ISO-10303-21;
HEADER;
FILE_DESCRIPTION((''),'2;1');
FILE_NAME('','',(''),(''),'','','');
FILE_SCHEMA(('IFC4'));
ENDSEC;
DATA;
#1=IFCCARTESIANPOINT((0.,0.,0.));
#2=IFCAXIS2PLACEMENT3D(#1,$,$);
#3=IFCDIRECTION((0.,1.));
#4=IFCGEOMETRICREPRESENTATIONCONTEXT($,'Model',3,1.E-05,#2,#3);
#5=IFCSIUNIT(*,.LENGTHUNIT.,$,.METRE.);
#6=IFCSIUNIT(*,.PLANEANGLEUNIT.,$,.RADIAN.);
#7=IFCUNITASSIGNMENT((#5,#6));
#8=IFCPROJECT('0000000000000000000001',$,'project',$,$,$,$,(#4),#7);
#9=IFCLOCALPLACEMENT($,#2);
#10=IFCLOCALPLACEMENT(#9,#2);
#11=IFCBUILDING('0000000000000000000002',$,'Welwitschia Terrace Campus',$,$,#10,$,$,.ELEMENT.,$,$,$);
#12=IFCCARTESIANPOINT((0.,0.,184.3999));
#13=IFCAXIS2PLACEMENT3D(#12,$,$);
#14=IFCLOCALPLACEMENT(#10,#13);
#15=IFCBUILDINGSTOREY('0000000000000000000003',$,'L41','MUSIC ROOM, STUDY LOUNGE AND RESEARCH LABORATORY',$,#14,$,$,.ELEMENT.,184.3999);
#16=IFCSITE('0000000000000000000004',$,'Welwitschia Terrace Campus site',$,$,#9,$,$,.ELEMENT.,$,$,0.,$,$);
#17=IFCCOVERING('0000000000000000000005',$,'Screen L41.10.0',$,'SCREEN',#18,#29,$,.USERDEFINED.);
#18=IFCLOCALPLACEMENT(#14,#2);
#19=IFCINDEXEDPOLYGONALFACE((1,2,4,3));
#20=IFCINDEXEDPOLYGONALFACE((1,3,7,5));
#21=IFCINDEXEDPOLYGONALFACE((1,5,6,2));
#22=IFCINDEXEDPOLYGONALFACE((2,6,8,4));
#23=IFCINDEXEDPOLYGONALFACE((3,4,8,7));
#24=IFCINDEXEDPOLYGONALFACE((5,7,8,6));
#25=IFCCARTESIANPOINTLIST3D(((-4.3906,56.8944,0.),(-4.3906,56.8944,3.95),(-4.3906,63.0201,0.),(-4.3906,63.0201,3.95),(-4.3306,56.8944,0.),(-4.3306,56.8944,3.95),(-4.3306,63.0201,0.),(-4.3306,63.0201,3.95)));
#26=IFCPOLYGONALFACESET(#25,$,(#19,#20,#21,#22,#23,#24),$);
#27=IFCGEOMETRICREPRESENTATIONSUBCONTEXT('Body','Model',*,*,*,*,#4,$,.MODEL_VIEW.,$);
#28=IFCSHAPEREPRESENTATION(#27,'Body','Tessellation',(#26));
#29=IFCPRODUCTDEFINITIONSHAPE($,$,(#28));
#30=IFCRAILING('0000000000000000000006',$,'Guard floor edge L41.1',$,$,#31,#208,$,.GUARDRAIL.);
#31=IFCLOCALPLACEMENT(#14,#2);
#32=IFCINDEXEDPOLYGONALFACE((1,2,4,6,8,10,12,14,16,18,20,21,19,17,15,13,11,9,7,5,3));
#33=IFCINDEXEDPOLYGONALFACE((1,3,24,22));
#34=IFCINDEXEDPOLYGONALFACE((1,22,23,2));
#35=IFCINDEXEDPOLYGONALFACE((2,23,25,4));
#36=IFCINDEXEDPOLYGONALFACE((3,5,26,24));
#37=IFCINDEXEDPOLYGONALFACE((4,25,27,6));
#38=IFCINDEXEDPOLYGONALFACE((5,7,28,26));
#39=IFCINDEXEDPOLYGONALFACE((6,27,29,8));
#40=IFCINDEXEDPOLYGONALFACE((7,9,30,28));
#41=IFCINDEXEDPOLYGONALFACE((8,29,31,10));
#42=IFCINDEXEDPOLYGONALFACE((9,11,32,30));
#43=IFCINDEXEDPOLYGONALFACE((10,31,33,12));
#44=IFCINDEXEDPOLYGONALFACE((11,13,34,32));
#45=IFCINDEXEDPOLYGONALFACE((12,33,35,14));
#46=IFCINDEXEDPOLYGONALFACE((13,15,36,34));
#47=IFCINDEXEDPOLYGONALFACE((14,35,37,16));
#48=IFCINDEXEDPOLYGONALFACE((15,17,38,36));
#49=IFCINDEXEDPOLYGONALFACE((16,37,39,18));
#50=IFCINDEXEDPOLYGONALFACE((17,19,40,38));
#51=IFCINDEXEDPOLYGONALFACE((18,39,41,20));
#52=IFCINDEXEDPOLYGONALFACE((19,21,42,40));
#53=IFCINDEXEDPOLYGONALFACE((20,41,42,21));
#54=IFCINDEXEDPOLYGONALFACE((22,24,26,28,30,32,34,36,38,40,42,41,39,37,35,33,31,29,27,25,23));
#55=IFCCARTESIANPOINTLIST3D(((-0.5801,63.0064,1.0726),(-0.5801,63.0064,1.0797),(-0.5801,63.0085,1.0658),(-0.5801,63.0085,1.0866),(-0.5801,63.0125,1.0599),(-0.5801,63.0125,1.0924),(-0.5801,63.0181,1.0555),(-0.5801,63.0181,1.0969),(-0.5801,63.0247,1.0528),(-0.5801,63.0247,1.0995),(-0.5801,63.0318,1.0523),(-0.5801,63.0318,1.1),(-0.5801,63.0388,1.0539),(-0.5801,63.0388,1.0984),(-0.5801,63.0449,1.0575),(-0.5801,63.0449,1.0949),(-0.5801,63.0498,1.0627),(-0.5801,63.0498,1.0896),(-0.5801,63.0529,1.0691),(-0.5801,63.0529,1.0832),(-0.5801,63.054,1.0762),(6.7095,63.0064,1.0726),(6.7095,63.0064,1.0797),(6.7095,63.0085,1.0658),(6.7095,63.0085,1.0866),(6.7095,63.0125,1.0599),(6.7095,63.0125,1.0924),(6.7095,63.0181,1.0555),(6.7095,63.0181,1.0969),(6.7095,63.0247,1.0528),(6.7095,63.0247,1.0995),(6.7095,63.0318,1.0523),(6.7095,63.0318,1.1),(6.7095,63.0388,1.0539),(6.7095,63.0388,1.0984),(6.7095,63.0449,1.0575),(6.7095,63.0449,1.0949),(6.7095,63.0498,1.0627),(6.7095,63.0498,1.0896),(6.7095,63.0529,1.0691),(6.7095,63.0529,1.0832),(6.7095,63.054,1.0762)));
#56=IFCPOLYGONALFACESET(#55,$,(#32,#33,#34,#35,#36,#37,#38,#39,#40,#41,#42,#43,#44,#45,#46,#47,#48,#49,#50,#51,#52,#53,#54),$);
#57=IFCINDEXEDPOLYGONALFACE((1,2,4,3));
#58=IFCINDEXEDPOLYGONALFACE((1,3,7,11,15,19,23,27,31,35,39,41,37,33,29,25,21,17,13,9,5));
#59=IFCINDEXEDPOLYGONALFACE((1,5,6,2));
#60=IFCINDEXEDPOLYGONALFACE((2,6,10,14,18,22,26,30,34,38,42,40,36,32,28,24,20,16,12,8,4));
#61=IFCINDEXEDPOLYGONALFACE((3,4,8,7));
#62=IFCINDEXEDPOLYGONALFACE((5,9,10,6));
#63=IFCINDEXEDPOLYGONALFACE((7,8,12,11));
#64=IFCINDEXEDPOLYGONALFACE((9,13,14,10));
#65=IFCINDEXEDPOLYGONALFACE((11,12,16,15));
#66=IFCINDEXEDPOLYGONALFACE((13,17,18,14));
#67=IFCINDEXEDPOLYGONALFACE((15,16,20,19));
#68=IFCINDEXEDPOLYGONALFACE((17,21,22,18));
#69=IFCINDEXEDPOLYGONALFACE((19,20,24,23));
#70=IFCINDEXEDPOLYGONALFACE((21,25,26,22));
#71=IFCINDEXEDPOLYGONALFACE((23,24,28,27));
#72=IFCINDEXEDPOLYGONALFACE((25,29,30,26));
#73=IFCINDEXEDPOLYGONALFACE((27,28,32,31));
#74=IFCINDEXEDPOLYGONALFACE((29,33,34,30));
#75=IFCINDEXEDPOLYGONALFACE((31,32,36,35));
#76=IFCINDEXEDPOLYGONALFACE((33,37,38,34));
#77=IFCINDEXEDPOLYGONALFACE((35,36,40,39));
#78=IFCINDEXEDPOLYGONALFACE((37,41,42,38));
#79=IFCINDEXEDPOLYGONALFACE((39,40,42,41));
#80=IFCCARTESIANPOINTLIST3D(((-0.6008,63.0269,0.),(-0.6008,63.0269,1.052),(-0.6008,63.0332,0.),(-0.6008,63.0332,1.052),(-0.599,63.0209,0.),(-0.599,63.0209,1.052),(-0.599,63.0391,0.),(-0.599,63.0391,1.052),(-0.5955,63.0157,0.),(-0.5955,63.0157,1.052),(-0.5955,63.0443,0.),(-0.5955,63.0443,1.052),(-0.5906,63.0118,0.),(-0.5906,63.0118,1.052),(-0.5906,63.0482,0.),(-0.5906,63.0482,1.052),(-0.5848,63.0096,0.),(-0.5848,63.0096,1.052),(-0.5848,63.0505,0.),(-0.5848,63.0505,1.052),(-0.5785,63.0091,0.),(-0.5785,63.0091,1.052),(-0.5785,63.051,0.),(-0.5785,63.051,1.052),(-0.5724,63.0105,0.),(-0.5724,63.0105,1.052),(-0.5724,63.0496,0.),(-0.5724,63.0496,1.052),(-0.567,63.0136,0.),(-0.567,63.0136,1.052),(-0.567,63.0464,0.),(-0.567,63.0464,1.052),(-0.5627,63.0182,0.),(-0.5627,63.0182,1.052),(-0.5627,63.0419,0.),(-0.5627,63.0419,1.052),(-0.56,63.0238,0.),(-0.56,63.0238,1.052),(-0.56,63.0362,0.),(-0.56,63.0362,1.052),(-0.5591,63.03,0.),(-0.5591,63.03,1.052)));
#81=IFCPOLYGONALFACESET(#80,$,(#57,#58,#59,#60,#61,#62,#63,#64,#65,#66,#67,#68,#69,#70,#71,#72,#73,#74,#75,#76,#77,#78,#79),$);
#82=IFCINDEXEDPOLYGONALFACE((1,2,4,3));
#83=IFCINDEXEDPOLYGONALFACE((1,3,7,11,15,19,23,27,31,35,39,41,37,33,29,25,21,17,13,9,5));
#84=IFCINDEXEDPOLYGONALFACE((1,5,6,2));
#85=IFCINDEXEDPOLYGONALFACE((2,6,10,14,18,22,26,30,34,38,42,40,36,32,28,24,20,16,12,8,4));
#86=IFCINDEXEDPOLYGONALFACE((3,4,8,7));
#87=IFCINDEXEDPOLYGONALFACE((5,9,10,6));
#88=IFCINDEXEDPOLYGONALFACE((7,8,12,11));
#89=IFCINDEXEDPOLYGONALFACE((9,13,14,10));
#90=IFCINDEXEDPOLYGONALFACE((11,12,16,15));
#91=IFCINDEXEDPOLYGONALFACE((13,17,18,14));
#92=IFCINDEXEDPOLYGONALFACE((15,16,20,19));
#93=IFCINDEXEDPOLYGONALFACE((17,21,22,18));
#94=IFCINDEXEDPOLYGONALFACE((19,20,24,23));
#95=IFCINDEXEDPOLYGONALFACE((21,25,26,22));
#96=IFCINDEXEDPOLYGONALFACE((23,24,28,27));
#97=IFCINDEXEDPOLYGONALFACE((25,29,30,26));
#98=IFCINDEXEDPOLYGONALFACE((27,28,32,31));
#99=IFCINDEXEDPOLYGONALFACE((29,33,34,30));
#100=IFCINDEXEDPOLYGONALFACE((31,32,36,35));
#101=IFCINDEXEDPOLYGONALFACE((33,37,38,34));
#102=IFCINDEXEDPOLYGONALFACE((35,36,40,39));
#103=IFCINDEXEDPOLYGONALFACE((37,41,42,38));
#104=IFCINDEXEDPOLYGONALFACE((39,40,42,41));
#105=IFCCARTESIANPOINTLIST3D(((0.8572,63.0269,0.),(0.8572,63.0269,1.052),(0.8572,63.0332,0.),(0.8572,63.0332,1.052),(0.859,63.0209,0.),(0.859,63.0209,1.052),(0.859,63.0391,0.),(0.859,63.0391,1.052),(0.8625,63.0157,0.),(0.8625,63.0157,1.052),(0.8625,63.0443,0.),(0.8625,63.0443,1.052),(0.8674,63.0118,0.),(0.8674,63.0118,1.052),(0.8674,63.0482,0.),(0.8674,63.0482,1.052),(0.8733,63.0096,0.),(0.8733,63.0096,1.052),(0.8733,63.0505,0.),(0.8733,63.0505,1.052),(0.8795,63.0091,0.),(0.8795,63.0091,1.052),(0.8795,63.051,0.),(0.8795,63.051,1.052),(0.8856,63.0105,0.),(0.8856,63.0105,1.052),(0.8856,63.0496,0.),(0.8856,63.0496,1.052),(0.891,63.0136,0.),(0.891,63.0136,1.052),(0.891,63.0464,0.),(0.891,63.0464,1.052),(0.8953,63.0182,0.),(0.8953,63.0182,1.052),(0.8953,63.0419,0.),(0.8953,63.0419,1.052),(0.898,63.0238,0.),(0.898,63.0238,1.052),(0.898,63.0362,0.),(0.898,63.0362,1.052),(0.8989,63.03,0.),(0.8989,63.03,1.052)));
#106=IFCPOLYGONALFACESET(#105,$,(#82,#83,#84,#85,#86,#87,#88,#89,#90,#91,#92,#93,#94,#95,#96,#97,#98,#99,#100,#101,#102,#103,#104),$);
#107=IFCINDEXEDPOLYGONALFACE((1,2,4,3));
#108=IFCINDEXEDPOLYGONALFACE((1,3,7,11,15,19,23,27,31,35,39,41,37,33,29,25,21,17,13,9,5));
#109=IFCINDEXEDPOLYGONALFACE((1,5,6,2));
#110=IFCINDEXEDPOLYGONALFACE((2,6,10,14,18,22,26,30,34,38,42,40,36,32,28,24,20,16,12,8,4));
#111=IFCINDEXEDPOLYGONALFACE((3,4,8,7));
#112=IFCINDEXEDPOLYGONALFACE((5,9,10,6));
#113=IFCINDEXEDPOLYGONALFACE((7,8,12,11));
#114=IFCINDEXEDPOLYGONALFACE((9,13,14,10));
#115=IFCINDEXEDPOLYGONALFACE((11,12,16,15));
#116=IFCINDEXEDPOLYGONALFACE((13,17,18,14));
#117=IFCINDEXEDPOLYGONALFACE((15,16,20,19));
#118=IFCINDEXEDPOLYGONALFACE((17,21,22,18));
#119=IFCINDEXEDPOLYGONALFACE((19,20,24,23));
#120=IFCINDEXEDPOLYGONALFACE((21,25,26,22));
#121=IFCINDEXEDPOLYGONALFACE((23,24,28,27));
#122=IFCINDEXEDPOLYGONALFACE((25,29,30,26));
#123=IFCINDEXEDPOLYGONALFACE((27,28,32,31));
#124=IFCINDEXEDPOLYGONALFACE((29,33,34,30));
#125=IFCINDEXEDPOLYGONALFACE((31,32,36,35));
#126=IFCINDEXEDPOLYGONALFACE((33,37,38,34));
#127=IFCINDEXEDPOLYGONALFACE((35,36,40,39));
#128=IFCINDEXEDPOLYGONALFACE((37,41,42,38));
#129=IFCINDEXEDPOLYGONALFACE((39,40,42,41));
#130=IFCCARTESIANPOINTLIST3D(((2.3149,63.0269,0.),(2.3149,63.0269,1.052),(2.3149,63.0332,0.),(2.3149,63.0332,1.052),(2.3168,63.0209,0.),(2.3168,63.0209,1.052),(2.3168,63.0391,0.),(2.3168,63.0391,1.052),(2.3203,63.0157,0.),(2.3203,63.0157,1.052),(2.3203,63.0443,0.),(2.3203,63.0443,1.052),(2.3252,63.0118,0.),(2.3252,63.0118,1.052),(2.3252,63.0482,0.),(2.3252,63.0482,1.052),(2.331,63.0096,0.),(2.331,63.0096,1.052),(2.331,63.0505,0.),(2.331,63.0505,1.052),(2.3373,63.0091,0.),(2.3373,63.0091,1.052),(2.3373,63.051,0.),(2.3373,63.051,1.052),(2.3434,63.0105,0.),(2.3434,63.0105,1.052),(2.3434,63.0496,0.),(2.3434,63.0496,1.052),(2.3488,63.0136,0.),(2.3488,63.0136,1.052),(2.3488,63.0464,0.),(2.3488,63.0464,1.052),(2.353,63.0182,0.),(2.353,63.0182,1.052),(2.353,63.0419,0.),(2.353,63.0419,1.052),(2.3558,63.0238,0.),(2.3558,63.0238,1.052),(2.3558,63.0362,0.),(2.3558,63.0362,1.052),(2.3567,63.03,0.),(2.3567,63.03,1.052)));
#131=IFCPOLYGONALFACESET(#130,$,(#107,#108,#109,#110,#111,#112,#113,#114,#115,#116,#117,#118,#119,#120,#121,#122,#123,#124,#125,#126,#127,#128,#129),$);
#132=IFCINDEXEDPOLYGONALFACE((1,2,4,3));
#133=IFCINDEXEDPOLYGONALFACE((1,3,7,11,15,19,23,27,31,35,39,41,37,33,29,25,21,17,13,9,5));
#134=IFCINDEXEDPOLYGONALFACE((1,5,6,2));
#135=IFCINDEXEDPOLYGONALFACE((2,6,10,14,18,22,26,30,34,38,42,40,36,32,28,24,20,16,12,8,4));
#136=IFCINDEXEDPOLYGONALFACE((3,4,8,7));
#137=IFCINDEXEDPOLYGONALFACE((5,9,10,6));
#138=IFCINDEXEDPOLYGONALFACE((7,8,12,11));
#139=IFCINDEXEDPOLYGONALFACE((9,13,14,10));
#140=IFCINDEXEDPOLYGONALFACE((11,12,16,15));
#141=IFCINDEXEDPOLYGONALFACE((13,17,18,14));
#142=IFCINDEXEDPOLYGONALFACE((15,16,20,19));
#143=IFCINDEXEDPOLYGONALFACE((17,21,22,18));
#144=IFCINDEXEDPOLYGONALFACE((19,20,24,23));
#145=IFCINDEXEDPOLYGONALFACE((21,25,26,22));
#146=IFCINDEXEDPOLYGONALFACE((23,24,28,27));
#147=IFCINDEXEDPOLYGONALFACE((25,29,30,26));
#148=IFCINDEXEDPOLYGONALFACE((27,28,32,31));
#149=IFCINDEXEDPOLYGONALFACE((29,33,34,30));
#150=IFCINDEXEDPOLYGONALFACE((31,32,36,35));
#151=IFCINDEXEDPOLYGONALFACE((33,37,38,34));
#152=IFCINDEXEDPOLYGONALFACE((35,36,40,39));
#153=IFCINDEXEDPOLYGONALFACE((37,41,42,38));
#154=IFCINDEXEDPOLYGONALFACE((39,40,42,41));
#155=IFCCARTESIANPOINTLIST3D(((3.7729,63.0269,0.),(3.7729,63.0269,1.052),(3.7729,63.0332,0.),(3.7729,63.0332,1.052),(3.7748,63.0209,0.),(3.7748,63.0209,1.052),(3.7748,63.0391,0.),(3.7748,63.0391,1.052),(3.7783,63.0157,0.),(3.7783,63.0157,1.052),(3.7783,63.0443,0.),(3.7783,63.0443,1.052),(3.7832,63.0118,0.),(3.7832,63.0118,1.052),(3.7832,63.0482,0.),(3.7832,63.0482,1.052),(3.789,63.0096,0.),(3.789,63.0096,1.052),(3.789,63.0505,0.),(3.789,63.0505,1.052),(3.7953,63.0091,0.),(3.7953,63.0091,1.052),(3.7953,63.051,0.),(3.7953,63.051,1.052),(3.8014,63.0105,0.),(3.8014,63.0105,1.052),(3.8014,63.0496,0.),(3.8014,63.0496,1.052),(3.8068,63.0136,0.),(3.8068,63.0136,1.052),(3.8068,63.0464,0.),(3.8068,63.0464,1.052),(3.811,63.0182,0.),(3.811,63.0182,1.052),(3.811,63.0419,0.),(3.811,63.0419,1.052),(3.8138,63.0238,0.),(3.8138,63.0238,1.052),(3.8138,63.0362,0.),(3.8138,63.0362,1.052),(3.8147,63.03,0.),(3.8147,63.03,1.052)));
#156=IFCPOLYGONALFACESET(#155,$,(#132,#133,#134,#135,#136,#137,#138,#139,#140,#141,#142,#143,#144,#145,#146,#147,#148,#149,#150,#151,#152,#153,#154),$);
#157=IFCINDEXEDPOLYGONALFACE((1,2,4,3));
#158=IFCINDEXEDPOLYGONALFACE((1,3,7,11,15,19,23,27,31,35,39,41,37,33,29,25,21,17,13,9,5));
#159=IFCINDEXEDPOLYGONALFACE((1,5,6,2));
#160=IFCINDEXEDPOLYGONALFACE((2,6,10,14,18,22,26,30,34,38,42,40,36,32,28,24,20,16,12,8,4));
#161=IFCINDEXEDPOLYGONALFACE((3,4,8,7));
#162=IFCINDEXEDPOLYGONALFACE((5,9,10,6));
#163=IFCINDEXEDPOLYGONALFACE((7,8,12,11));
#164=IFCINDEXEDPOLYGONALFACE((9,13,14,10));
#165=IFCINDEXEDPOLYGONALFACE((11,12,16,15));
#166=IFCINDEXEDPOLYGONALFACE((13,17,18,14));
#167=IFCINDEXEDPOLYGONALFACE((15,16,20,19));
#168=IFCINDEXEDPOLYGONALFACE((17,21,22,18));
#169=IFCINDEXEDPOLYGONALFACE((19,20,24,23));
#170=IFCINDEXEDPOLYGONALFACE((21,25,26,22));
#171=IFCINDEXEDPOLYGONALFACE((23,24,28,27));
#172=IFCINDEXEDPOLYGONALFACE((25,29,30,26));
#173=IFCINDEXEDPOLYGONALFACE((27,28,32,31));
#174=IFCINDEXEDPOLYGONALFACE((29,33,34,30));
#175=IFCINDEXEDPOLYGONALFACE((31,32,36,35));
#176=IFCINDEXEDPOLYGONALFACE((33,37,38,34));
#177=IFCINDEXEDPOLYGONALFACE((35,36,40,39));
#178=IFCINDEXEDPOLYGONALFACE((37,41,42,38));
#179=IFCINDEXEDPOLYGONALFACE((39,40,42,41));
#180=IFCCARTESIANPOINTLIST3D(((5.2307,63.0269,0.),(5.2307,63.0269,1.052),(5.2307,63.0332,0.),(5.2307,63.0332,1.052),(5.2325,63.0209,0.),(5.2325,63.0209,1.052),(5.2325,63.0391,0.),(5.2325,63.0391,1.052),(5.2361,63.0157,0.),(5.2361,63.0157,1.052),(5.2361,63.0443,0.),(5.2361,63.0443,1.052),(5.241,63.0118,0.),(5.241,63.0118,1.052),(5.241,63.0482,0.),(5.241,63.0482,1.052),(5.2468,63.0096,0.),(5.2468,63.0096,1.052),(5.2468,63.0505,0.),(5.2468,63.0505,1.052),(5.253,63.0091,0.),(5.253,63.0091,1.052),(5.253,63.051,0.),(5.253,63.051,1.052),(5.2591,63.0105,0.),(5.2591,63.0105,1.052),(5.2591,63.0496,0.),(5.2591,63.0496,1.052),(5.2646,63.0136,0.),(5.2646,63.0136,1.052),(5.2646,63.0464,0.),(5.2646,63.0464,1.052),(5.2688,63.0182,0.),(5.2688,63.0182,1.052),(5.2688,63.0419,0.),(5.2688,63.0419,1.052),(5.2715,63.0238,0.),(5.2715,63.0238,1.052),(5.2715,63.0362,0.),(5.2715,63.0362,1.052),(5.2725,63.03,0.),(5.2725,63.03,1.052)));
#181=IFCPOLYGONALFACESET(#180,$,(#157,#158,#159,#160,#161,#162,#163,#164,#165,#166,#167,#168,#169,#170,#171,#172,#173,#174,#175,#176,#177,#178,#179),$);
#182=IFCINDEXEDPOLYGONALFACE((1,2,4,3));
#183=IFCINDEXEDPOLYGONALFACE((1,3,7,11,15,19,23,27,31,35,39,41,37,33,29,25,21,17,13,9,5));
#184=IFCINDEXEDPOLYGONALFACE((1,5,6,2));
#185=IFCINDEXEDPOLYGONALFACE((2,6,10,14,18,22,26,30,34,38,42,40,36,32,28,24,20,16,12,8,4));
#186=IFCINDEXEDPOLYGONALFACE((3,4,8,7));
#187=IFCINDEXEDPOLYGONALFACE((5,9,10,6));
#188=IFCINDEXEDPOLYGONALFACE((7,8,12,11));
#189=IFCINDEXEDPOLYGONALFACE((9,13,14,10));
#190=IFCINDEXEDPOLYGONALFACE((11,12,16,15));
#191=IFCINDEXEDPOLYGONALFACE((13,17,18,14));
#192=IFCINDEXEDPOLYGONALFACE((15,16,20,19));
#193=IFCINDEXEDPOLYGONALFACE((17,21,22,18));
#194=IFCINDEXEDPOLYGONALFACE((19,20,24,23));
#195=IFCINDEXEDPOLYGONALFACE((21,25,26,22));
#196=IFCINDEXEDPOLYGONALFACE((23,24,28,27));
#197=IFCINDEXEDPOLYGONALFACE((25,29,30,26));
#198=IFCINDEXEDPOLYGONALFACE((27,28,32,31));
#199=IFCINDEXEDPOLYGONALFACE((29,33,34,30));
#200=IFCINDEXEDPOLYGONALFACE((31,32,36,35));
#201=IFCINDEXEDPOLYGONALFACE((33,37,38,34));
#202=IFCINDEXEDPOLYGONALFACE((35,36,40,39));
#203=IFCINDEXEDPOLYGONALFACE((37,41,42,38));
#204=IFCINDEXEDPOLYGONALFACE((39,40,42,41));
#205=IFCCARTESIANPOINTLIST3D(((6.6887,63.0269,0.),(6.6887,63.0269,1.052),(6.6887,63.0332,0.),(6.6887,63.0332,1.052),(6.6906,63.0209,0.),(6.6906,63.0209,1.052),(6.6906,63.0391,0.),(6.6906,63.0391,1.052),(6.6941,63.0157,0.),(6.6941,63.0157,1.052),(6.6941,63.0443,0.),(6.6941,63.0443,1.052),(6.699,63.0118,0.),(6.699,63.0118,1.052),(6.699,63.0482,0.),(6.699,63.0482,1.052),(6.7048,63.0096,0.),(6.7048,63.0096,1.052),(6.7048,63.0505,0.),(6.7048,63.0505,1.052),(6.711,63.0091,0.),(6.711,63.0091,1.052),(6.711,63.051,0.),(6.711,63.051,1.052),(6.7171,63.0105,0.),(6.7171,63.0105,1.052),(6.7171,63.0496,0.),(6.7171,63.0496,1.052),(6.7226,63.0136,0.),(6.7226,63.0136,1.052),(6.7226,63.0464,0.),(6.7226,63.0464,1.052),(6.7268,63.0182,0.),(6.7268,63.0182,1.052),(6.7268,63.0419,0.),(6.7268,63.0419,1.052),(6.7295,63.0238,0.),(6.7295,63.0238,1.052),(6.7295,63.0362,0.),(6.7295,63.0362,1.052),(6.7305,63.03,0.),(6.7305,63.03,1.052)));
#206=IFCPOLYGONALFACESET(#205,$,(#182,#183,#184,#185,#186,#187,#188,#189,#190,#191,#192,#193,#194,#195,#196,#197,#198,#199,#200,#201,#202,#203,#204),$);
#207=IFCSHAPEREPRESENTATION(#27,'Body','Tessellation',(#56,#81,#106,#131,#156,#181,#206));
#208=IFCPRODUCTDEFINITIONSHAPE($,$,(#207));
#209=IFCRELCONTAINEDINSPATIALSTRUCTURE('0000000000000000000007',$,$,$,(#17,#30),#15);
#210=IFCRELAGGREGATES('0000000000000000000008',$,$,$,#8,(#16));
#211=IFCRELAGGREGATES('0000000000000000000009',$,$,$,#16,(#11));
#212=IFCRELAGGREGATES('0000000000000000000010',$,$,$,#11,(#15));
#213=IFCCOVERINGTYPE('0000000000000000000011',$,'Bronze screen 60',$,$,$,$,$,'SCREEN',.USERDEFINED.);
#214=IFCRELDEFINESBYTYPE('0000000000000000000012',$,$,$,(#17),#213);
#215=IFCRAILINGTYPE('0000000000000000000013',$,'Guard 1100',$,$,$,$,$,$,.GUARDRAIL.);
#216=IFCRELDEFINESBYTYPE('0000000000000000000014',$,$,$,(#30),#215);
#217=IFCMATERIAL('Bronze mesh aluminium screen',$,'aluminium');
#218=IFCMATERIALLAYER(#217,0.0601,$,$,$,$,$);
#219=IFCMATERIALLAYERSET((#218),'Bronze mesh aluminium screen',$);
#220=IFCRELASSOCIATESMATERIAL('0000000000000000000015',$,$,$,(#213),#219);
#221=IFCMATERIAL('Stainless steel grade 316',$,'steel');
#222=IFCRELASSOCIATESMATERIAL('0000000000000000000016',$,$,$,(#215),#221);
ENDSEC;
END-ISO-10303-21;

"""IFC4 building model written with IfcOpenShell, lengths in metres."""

from ifc_helpers import new_model, si_unit, direction, frame, origin, origin_2d, place, context, subcontext, project, spatial, rectangle, circle, extrude, material, layer, layer_set, type_object, element, save


model = new_model("IFC4")

# Units and contexts
model_context = context("Model", 3, precision=1e-05, world=origin(), true_north=direction((0.0, 1.0)))
body_context = subcontext(model_context, "Body", "Model", "MODEL_VIEW")
ifc_project = project(units=[si_unit("LENGTHUNIT", "METRE"), si_unit("PLANEANGLEUNIT", "RADIAN")], contexts=[model_context])

# Site, building, storey
site_placement = place(None, origin())
site = spatial("IfcSite", under=ifc_project, at=site_placement, Name="Welwitschia Terrace Campus site", CompositionType="ELEMENT", RefElevation=0.0)
building_placement = place(site_placement, origin())
building = spatial("IfcBuilding", under=site, at=building_placement, Name="Welwitschia Terrace Campus", CompositionType="ELEMENT")
storey_placement = place(building_placement, frame((0.0, 0.0, 184.3999)))
storey = spatial("IfcBuildingStorey", under=building, at=storey_placement, Name="L41", Description="MUSIC ROOM, STUDY LOUNGE AND RESEARCH LABORATORY", CompositionType="ELEMENT", Elevation=184.3999)

# Covering
ifc_material_1 = material(Name="Bronze mesh aluminium screen", Category="aluminium")
ifc_layer_1 = layer(ifc_material_1, 0.0601)
ifc_layer_set_1 = layer_set([ifc_layer_1], Name="Bronze mesh aluminium screen")
covering_type = type_object("IfcCoveringType", Name="Bronze screen 60", ElementType="SCREEN", PredefinedType="USERDEFINED", material=ifc_layer_set_1)
covering_placement = place(storey_placement, frame((-4.3606, 59.9573, 0.0), z_axis=(0.0, 0.0, 1.0), x_axis=(0.0, -1.0, 0.0)))
element("IfcCovering", 1, at=covering_placement, inside=storey, type_object=covering_type, Name="Screen L41.10.0", ObjectType="SCREEN", PredefinedType="USERDEFINED", context=body_context, shape_type="SweptSolid", body=[
    extrude(rectangle(XDim=6.1257, YDim=0.0601, at=origin_2d()), origin(), (0.0, 0.0, 1.0), 3.95),
])

# Railing
ifc_material_2 = material(Name="Stainless steel grade 316", Category="steel")
railing_type = type_object("IfcRailingType", Name="Guard 1100", PredefinedType="GUARDRAIL", material=ifc_material_2)
railing_placement = place(storey_placement, frame((-0.5801, 63.03, 0.0)))
element("IfcRailing", 2, at=railing_placement, inside=storey, type_object=railing_type, Name="Guard floor edge L41.1", PredefinedType="GUARDRAIL", context=body_context, shape_type="SweptSolid", body=[
    extrude(circle(Radius=0.0239, at=origin_2d()), frame((0.0, 0.0, 1.0762), z_axis=(1.0, 0.0, 0.0), x_axis=(0.0, 1.0, 0.0)), (0.0, 0.0, 1.0), 7.2896),
    extrude(circle(Radius=0.021, at=origin_2d()), origin(), (0.0, 0.0, 1.0), 1.052),
    extrude(circle(Radius=0.021, at=origin_2d()), frame((1.458, 0.0, 0.0)), (0.0, 0.0, 1.0), 1.052),
    extrude(circle(Radius=0.021, at=origin_2d()), frame((2.9158, 0.0, 0.0)), (0.0, 0.0, 1.0), 1.052),
    extrude(circle(Radius=0.021, at=origin_2d()), frame((4.3738, 0.0, 0.0)), (0.0, 0.0, 1.0), 1.052),
    extrude(circle(Radius=0.021, at=origin_2d()), frame((5.8315, 0.0, 0.0)), (0.0, 0.0, 1.0), 1.052),
    extrude(circle(Radius=0.021, at=origin_2d()), frame((7.2896, 0.0, 0.0)), (0.0, 0.0, 1.0), 1.052),
])

save(model, "model.ifc")
